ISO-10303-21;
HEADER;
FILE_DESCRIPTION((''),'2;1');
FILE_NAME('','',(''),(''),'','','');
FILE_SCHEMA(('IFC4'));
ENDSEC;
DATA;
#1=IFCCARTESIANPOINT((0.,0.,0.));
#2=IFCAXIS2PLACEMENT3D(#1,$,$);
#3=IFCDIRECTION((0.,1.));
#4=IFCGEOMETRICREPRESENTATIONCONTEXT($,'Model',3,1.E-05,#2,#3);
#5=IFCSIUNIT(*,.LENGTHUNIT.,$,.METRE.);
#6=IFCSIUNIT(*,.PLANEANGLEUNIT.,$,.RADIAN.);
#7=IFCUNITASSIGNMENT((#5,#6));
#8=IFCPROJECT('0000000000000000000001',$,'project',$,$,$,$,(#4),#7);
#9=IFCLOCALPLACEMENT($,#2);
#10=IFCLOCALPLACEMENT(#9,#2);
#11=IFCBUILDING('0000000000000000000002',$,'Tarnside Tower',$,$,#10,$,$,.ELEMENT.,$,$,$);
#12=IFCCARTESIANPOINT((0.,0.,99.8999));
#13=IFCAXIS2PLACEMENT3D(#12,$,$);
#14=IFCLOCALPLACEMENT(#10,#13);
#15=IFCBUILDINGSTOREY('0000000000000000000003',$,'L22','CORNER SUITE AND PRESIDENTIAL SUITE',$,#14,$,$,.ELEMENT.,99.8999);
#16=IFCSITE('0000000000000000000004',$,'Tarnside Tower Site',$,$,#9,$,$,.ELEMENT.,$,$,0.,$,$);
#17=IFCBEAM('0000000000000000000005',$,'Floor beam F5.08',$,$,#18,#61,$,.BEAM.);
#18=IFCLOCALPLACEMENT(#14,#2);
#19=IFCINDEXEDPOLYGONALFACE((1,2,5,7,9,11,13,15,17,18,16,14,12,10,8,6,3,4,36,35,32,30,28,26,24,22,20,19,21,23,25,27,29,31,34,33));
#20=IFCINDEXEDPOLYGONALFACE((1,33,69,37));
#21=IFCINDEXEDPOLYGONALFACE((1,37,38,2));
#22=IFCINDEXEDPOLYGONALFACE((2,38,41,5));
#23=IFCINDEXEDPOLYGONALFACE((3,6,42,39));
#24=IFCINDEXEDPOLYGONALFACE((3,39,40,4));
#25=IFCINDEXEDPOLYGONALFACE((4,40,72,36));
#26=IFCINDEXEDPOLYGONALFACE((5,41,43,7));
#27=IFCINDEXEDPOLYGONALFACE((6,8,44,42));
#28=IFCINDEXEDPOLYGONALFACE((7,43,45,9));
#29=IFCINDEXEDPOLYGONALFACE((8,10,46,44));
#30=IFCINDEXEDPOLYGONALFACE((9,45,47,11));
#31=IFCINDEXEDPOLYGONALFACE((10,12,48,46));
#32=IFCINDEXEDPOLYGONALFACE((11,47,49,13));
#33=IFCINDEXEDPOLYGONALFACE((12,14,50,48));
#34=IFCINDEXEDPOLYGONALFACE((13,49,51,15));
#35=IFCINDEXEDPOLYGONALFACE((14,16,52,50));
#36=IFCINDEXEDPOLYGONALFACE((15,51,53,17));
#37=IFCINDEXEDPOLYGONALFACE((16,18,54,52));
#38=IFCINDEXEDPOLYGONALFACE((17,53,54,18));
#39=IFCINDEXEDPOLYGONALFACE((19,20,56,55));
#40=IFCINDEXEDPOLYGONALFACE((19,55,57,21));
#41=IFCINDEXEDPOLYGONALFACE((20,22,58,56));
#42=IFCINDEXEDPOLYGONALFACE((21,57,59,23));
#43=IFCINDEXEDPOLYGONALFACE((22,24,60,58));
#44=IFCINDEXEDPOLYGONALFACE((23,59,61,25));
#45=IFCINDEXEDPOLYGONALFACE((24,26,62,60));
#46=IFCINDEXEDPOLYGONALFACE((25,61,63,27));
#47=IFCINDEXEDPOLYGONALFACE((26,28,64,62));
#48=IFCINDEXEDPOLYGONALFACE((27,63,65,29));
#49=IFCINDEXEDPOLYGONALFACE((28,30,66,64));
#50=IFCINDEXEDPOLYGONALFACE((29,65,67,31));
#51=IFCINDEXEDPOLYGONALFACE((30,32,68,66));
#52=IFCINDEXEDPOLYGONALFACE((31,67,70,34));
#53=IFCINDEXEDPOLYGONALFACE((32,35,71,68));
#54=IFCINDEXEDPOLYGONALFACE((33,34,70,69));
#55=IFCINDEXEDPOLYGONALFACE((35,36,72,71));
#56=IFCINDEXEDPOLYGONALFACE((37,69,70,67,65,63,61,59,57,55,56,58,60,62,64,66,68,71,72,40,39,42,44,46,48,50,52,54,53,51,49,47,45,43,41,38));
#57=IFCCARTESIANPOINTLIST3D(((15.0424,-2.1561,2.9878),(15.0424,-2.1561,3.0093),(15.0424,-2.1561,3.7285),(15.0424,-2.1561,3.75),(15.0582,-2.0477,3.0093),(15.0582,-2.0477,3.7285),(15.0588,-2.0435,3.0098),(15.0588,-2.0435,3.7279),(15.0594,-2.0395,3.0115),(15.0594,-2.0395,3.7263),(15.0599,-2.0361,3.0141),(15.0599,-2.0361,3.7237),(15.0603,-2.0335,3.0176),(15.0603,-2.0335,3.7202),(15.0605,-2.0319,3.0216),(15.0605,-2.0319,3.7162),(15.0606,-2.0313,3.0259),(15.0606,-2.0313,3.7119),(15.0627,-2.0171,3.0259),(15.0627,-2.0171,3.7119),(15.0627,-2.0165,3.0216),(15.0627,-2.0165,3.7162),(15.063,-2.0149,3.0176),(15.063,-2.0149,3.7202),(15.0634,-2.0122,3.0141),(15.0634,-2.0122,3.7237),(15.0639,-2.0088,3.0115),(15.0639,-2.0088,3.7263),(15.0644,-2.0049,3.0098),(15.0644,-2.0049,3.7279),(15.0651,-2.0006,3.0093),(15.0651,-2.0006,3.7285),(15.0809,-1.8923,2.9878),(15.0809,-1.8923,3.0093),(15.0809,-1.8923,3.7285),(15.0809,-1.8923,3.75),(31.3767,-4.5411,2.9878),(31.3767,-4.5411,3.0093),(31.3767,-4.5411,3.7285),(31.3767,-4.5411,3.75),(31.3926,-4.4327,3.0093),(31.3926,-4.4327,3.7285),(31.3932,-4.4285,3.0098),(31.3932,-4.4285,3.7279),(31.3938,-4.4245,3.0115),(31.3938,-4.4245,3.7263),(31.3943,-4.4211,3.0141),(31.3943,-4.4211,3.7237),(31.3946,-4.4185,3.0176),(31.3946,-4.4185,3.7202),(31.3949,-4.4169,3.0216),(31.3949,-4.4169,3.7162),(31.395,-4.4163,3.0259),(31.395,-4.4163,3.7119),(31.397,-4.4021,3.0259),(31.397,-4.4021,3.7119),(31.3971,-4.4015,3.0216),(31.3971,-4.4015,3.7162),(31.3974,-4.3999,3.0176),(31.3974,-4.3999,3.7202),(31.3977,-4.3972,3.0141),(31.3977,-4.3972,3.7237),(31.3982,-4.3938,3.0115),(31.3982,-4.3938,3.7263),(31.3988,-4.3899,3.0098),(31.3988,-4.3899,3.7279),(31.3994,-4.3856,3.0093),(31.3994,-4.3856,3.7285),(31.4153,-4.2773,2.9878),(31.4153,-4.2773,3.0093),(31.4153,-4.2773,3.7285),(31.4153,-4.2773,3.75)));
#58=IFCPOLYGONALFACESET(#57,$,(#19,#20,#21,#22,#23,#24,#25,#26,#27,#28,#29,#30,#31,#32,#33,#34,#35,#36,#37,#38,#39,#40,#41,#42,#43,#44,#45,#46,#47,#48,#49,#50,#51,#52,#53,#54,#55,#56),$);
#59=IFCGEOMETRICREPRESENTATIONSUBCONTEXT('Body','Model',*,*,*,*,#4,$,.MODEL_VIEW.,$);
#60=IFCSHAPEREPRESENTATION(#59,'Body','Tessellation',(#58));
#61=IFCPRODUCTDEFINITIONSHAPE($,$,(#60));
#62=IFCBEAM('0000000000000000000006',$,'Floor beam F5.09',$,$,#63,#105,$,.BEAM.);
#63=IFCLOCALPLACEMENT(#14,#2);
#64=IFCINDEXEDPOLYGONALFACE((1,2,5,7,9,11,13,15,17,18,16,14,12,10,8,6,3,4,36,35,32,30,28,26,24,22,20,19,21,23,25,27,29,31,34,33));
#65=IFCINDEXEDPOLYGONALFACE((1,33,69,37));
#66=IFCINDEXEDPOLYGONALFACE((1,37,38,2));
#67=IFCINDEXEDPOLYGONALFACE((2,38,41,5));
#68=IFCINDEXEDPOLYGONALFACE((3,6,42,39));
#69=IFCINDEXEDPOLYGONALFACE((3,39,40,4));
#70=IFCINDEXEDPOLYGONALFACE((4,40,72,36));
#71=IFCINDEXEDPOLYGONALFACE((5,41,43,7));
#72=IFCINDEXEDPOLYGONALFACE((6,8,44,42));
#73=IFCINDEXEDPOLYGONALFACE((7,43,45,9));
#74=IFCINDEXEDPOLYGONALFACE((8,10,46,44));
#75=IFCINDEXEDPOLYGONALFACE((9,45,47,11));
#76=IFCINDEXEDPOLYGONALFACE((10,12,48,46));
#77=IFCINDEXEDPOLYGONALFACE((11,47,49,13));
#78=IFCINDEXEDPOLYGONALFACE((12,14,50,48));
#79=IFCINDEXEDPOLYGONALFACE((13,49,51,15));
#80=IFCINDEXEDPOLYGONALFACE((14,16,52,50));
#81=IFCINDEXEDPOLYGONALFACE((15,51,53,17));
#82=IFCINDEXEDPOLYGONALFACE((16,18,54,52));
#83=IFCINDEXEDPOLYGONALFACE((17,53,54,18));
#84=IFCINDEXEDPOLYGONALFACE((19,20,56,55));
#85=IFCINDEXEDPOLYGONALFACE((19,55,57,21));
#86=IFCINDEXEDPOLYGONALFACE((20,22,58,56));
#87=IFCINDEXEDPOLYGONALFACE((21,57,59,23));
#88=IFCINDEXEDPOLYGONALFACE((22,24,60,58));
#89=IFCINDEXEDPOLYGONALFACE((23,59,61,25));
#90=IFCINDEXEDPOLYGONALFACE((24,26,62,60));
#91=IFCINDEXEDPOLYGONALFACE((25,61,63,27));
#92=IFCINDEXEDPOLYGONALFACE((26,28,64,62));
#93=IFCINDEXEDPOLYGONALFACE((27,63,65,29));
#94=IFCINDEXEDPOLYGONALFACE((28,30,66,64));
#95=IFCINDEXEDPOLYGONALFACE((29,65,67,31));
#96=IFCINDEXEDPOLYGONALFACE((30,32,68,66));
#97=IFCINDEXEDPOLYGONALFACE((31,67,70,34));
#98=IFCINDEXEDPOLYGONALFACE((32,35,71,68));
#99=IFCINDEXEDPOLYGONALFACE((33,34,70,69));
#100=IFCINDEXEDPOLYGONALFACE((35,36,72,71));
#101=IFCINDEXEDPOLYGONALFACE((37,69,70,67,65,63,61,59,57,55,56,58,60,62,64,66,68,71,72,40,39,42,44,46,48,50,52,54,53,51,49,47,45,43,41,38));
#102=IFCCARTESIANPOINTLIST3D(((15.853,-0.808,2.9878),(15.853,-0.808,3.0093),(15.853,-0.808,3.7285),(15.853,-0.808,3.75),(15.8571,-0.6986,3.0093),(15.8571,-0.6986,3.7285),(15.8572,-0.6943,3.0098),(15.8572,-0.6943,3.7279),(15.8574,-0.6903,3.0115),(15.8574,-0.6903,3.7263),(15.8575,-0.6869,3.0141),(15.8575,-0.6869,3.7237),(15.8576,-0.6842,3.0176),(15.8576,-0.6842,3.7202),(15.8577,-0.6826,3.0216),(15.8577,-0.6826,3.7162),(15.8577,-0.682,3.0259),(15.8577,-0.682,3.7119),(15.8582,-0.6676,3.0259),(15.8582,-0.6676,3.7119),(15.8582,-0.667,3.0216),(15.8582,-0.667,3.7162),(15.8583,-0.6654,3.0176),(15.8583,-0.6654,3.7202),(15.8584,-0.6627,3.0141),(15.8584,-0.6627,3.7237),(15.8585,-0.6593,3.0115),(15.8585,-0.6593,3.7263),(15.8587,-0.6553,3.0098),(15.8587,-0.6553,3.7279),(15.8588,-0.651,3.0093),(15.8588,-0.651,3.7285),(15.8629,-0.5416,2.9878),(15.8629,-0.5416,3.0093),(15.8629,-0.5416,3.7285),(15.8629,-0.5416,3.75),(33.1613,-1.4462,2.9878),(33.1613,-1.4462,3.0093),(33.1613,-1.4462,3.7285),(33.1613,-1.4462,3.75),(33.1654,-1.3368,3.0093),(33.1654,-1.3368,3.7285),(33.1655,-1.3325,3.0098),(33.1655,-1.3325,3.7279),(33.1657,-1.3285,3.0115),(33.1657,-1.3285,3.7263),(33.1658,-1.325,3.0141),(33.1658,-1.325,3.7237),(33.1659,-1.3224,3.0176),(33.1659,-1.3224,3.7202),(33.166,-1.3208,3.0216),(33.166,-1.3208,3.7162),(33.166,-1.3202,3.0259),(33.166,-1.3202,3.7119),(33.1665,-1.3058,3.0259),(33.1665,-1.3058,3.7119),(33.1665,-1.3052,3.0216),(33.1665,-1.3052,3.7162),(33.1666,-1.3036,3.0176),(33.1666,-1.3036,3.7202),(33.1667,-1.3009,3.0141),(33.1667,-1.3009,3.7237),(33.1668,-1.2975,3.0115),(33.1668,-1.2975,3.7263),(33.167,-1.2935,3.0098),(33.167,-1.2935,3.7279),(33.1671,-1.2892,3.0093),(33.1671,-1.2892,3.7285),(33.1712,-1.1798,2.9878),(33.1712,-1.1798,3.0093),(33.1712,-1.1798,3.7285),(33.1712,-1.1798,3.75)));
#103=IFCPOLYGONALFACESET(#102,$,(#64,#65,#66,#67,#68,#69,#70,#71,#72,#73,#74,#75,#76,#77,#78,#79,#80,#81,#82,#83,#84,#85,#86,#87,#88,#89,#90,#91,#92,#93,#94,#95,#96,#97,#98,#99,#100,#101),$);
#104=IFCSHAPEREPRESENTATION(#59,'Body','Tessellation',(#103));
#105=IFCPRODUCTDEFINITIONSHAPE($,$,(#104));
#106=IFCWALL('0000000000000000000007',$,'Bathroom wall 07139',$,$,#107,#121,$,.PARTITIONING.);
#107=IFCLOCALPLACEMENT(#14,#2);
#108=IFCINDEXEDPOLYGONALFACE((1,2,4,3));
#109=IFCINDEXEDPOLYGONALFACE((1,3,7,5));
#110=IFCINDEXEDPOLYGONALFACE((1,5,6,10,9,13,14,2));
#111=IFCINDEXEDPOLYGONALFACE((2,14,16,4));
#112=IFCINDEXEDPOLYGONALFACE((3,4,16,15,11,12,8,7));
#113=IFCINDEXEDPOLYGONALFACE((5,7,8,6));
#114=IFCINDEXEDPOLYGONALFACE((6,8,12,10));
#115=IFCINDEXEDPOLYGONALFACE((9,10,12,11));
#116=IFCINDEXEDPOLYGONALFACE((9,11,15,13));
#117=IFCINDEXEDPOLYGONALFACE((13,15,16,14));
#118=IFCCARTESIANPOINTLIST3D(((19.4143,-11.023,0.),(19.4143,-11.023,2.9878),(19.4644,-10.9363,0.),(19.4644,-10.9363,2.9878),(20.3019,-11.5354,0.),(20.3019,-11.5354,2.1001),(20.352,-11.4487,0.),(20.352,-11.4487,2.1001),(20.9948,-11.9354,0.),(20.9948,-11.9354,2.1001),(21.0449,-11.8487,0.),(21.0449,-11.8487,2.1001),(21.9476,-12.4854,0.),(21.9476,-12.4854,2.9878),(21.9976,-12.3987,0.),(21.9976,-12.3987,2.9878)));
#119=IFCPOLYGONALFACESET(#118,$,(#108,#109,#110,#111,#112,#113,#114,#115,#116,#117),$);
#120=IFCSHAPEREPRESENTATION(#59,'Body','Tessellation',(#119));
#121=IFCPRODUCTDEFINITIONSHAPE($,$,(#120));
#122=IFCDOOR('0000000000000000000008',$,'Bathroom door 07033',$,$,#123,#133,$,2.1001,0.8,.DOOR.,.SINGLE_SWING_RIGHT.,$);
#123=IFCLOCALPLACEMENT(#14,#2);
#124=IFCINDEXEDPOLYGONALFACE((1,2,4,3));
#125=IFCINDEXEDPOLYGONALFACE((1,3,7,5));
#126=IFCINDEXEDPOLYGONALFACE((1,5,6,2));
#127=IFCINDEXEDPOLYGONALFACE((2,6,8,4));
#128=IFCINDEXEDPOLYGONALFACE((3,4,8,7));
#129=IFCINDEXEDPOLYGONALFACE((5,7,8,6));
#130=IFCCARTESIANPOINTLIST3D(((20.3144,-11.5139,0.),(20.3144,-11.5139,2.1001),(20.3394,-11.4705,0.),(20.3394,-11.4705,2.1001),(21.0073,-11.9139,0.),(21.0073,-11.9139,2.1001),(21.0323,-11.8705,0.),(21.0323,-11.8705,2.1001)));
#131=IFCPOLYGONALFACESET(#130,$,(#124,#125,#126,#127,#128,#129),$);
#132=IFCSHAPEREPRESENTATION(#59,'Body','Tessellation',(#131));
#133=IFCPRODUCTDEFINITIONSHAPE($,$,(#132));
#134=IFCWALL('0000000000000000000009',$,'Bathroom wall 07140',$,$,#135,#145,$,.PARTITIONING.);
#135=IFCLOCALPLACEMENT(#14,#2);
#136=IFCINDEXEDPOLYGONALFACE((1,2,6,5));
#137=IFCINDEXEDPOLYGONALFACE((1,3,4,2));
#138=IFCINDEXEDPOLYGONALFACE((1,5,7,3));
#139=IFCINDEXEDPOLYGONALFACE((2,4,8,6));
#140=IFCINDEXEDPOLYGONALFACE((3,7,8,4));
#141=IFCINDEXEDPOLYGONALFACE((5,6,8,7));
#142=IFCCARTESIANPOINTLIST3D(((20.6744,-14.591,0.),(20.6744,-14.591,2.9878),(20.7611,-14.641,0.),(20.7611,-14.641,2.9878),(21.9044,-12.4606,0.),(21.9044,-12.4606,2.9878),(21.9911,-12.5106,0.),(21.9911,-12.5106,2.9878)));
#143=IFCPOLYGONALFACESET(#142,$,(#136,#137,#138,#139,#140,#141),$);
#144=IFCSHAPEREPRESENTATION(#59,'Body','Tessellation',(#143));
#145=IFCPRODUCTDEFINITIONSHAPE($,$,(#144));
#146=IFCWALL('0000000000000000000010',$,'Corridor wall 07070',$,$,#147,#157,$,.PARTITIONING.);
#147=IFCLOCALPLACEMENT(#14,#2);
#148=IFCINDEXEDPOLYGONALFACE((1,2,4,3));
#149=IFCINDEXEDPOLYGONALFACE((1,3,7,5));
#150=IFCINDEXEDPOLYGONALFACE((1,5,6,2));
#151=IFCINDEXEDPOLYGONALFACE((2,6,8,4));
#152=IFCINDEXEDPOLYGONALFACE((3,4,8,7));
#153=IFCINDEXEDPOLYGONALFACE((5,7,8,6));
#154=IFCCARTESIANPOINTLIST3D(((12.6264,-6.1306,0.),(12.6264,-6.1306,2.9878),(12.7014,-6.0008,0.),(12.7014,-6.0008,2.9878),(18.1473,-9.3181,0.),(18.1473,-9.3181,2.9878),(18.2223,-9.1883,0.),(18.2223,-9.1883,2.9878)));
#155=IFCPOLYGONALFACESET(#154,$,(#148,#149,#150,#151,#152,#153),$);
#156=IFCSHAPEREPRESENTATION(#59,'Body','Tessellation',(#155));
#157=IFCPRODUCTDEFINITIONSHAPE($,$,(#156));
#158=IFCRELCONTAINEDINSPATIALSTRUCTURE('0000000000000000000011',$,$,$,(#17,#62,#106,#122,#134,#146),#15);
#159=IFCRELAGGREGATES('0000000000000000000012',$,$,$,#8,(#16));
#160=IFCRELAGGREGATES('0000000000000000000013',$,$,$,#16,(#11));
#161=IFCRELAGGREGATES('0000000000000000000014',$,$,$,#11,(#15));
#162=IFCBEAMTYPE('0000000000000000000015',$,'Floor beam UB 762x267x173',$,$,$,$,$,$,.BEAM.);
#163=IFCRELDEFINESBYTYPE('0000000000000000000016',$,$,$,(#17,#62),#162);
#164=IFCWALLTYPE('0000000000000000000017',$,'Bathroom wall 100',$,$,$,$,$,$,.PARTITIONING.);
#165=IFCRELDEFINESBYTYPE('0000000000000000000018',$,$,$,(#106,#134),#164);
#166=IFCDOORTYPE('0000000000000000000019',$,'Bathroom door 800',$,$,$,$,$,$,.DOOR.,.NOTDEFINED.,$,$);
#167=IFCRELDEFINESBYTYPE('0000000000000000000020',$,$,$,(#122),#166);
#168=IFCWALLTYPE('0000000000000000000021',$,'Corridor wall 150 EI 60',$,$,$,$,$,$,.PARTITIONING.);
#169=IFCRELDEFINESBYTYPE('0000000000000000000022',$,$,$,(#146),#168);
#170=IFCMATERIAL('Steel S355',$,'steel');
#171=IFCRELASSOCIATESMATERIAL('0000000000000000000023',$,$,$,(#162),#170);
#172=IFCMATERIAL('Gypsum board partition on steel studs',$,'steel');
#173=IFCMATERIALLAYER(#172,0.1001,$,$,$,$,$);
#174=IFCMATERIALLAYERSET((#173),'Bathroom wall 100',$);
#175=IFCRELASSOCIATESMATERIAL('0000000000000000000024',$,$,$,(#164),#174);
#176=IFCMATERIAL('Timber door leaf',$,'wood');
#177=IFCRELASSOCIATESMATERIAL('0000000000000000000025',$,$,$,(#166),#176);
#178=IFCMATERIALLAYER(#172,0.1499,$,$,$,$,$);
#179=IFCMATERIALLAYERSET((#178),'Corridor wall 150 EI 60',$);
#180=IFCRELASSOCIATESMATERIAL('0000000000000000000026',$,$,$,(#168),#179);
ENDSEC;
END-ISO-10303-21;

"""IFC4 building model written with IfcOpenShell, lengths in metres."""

from ifc_helpers import new_model, si_unit, direction, frame, frame_2d, origin, origin_2d, place, context, subcontext, project, spatial, rectangle, i_section, extrude, material, layer, layer_set, material_profile, profile_set, type_object, element, fill, save


model = new_model("IFC4")

# Units and contexts
model_context = context("Model", 3, precision=1e-05, world=origin(), true_north=direction((0.0, 1.0)))
body_context = subcontext(model_context, "Body", "Model", "MODEL_VIEW")
ifc_project = project(units=[si_unit("LENGTHUNIT", "METRE"), si_unit("PLANEANGLEUNIT", "RADIAN")], contexts=[model_context])

# Site, building, storey
site_placement = place(None, origin())
site = spatial("IfcSite", under=ifc_project, at=site_placement, Name="Tarnside Tower Site", CompositionType="ELEMENT", RefElevation=0.0)
building_placement = place(site_placement, origin())
building = spatial("IfcBuilding", under=site, at=building_placement, Name="Tarnside Tower", CompositionType="ELEMENT")
storey_placement = place(building_placement, frame((0.0, 0.0, 99.8999)))
storey = spatial("IfcBuildingStorey", under=building, at=storey_placement, Name="L22", Description="CORNER SUITE AND PRESIDENTIAL SUITE", CompositionType="ELEMENT", Elevation=99.8999)

# Beams
ifc_material_1 = material(Name="Steel S355", Category="steel")
ifc_material_profile_1 = material_profile(ifc_material_1, i_section(OverallWidth=0.2666, OverallDepth=0.7622, WebThickness=0.0144, FlangeThickness=0.0215, FilletRadius=0.0166, at=origin_2d()), Name="UB 762x267x173")
ifc_profile_set_1 = profile_set([ifc_material_profile_1], Name="Steel S355")
beam_type_1 = type_object("IfcBeamType", Name="Floor beam UB 762x267x173", PredefinedType="BEAM", material=ifc_profile_set_1)
beam_1_placement = place(storey_placement, frame((31.396, -4.4092, 3.3689), z_axis=(-0.989508, 0.144479, 0.0), x_axis=(-0.144479, -0.989508, 0.0)))
element("IfcBeam", 1, at=beam_1_placement, inside=storey, type_object=beam_type_1, Name="Floor beam F5.08", PredefinedType="BEAM", context=body_context, shape_type="SweptSolid", body=[
    extrude(i_section(OverallWidth=0.2666, OverallDepth=0.7622, WebThickness=0.0144, FlangeThickness=0.0215, FilletRadius=0.0166, at=origin_2d()), origin(), (0.0, 0.0, 1.0), 16.5076),
])
beam_2_placement = place(storey_placement, frame((33.1663, -1.313, 3.3689), z_axis=(-0.999321, 0.036846, 0.0), x_axis=(-0.036846, -0.999321, 0.0)))
element("IfcBeam", 2, at=beam_2_placement, inside=storey, type_object=beam_type_1, Name="Floor beam F5.09", PredefinedType="BEAM", context=body_context, shape_type="SweptSolid", body=[
    extrude(i_section(OverallWidth=0.2666, OverallDepth=0.7622, WebThickness=0.0144, FlangeThickness=0.0215, FilletRadius=0.0166, at=origin_2d()), origin(), (0.0, 0.0, 1.0), 17.3201),
])

# Wall, opening, door
ifc_material_2 = material(Name="Gypsum board partition on steel studs", Category="steel")
ifc_layer_1 = layer(ifc_material_2, 0.1001)
ifc_layer_set_1 = layer_set([ifc_layer_1], Name="Bathroom wall 100")
wall_type_1 = type_object("IfcWallType", Name="Bathroom wall 100", PredefinedType="PARTITIONING", material=ifc_layer_set_1)
wall_1_placement = place(storey_placement, frame((19.4395, -10.9797, 0.0), z_axis=(0.0, 0.0, 1.0), x_axis=(0.866047, -0.499963, 0.0)))
wall_1 = element("IfcWall", 3, at=wall_1_placement, inside=storey, type_object=wall_type_1, Name="Bathroom wall 07139", PredefinedType="PARTITIONING", context=body_context, shape_type="SweptSolid", body=[
    extrude(rectangle(XDim=2.925, YDim=0.1001, at=frame_2d((1.4624, 0.0))), origin(), (0.0, 0.0, 1.0), 2.9878),
])
opening_1_placement = place(wall_1_placement, frame((1.0249, 0.0, 0.0)))
opening_1 = element("IfcOpeningElement", 4, at=opening_1_placement, cuts=wall_1, PredefinedType="OPENING", context=body_context, shape_type="SweptSolid", body=[
    extrude(rectangle(XDim=0.8, YDim=2.1001, at=frame_2d((0.3999, 1.05))), frame((0.0, 0.0601, 0.0), z_axis=(0.0, -1.0, 0.0), x_axis=(1.0, 0.0, 0.0)), (0.0, 0.0, 1.0), 0.1201),
])
ifc_material_3 = material(Name="Timber door leaf", Category="wood")
door_type_1 = type_object("IfcDoorType", Name="Bathroom door 800", OperationType="NOTDEFINED", PredefinedType="DOOR", material=ifc_material_3)
door_1_placement = place(opening_1_placement, origin())
door_1 = element("IfcDoor", 5, at=door_1_placement, inside=storey, type_object=door_type_1, Name="Bathroom door 07033", OperationType="SINGLE_SWING_RIGHT", OverallHeight=2.1001, OverallWidth=0.8, PredefinedType="DOOR", context=body_context, shape_type="SweptSolid", body=[
    extrude(rectangle(XDim=0.8, YDim=2.1001, at=frame_2d((0.3999, 1.05))), frame((0.0, 0.0249, 0.0), z_axis=(0.0, -1.0, 0.0), x_axis=(1.0, 0.0, 0.0)), (0.0, 0.0, 1.0), 0.05),
])
fill(opening_1, door_1)

# Walls
wall_2_placement = place(storey_placement, frame((21.9478, -12.4856, 0.0), z_axis=(0.0, 0.0, 1.0), x_axis=(-0.500003, -0.866024, 0.0)))
element("IfcWall", 6, at=wall_2_placement, inside=storey, type_object=wall_type_1, Name="Bathroom wall 07140", PredefinedType="PARTITIONING", context=body_context, shape_type="SweptSolid", body=[
    extrude(rectangle(XDim=2.46, YDim=0.1001, at=frame_2d((1.23, 0.0))), origin(), (0.0, 0.0, 1.0), 2.9878),
])
ifc_layer_2 = layer(ifc_material_2, 0.1499)
ifc_layer_set_2 = layer_set([ifc_layer_2], Name="Corridor wall 150 EI 60")
wall_type_2 = type_object("IfcWallType", Name="Corridor wall 150 EI 60", PredefinedType="PARTITIONING", material=ifc_layer_set_2)
wall_3_placement = place(storey_placement, frame((18.1848, -9.2532, 0.0), z_axis=(0.0, 0.0, 1.0), x_axis=(-0.866029, 0.499994, 0.0)))
element("IfcWall", 7, at=wall_3_placement, inside=storey, type_object=wall_type_2, Name="Corridor wall 07070", PredefinedType="PARTITIONING", context=body_context, shape_type="SweptSolid", body=[
    extrude(rectangle(XDim=6.375, YDim=0.1499, at=frame_2d((3.1875, 0.0))), origin(), (0.0, 0.0, 1.0), 2.9878),
])

save(model, "model.ifc")
